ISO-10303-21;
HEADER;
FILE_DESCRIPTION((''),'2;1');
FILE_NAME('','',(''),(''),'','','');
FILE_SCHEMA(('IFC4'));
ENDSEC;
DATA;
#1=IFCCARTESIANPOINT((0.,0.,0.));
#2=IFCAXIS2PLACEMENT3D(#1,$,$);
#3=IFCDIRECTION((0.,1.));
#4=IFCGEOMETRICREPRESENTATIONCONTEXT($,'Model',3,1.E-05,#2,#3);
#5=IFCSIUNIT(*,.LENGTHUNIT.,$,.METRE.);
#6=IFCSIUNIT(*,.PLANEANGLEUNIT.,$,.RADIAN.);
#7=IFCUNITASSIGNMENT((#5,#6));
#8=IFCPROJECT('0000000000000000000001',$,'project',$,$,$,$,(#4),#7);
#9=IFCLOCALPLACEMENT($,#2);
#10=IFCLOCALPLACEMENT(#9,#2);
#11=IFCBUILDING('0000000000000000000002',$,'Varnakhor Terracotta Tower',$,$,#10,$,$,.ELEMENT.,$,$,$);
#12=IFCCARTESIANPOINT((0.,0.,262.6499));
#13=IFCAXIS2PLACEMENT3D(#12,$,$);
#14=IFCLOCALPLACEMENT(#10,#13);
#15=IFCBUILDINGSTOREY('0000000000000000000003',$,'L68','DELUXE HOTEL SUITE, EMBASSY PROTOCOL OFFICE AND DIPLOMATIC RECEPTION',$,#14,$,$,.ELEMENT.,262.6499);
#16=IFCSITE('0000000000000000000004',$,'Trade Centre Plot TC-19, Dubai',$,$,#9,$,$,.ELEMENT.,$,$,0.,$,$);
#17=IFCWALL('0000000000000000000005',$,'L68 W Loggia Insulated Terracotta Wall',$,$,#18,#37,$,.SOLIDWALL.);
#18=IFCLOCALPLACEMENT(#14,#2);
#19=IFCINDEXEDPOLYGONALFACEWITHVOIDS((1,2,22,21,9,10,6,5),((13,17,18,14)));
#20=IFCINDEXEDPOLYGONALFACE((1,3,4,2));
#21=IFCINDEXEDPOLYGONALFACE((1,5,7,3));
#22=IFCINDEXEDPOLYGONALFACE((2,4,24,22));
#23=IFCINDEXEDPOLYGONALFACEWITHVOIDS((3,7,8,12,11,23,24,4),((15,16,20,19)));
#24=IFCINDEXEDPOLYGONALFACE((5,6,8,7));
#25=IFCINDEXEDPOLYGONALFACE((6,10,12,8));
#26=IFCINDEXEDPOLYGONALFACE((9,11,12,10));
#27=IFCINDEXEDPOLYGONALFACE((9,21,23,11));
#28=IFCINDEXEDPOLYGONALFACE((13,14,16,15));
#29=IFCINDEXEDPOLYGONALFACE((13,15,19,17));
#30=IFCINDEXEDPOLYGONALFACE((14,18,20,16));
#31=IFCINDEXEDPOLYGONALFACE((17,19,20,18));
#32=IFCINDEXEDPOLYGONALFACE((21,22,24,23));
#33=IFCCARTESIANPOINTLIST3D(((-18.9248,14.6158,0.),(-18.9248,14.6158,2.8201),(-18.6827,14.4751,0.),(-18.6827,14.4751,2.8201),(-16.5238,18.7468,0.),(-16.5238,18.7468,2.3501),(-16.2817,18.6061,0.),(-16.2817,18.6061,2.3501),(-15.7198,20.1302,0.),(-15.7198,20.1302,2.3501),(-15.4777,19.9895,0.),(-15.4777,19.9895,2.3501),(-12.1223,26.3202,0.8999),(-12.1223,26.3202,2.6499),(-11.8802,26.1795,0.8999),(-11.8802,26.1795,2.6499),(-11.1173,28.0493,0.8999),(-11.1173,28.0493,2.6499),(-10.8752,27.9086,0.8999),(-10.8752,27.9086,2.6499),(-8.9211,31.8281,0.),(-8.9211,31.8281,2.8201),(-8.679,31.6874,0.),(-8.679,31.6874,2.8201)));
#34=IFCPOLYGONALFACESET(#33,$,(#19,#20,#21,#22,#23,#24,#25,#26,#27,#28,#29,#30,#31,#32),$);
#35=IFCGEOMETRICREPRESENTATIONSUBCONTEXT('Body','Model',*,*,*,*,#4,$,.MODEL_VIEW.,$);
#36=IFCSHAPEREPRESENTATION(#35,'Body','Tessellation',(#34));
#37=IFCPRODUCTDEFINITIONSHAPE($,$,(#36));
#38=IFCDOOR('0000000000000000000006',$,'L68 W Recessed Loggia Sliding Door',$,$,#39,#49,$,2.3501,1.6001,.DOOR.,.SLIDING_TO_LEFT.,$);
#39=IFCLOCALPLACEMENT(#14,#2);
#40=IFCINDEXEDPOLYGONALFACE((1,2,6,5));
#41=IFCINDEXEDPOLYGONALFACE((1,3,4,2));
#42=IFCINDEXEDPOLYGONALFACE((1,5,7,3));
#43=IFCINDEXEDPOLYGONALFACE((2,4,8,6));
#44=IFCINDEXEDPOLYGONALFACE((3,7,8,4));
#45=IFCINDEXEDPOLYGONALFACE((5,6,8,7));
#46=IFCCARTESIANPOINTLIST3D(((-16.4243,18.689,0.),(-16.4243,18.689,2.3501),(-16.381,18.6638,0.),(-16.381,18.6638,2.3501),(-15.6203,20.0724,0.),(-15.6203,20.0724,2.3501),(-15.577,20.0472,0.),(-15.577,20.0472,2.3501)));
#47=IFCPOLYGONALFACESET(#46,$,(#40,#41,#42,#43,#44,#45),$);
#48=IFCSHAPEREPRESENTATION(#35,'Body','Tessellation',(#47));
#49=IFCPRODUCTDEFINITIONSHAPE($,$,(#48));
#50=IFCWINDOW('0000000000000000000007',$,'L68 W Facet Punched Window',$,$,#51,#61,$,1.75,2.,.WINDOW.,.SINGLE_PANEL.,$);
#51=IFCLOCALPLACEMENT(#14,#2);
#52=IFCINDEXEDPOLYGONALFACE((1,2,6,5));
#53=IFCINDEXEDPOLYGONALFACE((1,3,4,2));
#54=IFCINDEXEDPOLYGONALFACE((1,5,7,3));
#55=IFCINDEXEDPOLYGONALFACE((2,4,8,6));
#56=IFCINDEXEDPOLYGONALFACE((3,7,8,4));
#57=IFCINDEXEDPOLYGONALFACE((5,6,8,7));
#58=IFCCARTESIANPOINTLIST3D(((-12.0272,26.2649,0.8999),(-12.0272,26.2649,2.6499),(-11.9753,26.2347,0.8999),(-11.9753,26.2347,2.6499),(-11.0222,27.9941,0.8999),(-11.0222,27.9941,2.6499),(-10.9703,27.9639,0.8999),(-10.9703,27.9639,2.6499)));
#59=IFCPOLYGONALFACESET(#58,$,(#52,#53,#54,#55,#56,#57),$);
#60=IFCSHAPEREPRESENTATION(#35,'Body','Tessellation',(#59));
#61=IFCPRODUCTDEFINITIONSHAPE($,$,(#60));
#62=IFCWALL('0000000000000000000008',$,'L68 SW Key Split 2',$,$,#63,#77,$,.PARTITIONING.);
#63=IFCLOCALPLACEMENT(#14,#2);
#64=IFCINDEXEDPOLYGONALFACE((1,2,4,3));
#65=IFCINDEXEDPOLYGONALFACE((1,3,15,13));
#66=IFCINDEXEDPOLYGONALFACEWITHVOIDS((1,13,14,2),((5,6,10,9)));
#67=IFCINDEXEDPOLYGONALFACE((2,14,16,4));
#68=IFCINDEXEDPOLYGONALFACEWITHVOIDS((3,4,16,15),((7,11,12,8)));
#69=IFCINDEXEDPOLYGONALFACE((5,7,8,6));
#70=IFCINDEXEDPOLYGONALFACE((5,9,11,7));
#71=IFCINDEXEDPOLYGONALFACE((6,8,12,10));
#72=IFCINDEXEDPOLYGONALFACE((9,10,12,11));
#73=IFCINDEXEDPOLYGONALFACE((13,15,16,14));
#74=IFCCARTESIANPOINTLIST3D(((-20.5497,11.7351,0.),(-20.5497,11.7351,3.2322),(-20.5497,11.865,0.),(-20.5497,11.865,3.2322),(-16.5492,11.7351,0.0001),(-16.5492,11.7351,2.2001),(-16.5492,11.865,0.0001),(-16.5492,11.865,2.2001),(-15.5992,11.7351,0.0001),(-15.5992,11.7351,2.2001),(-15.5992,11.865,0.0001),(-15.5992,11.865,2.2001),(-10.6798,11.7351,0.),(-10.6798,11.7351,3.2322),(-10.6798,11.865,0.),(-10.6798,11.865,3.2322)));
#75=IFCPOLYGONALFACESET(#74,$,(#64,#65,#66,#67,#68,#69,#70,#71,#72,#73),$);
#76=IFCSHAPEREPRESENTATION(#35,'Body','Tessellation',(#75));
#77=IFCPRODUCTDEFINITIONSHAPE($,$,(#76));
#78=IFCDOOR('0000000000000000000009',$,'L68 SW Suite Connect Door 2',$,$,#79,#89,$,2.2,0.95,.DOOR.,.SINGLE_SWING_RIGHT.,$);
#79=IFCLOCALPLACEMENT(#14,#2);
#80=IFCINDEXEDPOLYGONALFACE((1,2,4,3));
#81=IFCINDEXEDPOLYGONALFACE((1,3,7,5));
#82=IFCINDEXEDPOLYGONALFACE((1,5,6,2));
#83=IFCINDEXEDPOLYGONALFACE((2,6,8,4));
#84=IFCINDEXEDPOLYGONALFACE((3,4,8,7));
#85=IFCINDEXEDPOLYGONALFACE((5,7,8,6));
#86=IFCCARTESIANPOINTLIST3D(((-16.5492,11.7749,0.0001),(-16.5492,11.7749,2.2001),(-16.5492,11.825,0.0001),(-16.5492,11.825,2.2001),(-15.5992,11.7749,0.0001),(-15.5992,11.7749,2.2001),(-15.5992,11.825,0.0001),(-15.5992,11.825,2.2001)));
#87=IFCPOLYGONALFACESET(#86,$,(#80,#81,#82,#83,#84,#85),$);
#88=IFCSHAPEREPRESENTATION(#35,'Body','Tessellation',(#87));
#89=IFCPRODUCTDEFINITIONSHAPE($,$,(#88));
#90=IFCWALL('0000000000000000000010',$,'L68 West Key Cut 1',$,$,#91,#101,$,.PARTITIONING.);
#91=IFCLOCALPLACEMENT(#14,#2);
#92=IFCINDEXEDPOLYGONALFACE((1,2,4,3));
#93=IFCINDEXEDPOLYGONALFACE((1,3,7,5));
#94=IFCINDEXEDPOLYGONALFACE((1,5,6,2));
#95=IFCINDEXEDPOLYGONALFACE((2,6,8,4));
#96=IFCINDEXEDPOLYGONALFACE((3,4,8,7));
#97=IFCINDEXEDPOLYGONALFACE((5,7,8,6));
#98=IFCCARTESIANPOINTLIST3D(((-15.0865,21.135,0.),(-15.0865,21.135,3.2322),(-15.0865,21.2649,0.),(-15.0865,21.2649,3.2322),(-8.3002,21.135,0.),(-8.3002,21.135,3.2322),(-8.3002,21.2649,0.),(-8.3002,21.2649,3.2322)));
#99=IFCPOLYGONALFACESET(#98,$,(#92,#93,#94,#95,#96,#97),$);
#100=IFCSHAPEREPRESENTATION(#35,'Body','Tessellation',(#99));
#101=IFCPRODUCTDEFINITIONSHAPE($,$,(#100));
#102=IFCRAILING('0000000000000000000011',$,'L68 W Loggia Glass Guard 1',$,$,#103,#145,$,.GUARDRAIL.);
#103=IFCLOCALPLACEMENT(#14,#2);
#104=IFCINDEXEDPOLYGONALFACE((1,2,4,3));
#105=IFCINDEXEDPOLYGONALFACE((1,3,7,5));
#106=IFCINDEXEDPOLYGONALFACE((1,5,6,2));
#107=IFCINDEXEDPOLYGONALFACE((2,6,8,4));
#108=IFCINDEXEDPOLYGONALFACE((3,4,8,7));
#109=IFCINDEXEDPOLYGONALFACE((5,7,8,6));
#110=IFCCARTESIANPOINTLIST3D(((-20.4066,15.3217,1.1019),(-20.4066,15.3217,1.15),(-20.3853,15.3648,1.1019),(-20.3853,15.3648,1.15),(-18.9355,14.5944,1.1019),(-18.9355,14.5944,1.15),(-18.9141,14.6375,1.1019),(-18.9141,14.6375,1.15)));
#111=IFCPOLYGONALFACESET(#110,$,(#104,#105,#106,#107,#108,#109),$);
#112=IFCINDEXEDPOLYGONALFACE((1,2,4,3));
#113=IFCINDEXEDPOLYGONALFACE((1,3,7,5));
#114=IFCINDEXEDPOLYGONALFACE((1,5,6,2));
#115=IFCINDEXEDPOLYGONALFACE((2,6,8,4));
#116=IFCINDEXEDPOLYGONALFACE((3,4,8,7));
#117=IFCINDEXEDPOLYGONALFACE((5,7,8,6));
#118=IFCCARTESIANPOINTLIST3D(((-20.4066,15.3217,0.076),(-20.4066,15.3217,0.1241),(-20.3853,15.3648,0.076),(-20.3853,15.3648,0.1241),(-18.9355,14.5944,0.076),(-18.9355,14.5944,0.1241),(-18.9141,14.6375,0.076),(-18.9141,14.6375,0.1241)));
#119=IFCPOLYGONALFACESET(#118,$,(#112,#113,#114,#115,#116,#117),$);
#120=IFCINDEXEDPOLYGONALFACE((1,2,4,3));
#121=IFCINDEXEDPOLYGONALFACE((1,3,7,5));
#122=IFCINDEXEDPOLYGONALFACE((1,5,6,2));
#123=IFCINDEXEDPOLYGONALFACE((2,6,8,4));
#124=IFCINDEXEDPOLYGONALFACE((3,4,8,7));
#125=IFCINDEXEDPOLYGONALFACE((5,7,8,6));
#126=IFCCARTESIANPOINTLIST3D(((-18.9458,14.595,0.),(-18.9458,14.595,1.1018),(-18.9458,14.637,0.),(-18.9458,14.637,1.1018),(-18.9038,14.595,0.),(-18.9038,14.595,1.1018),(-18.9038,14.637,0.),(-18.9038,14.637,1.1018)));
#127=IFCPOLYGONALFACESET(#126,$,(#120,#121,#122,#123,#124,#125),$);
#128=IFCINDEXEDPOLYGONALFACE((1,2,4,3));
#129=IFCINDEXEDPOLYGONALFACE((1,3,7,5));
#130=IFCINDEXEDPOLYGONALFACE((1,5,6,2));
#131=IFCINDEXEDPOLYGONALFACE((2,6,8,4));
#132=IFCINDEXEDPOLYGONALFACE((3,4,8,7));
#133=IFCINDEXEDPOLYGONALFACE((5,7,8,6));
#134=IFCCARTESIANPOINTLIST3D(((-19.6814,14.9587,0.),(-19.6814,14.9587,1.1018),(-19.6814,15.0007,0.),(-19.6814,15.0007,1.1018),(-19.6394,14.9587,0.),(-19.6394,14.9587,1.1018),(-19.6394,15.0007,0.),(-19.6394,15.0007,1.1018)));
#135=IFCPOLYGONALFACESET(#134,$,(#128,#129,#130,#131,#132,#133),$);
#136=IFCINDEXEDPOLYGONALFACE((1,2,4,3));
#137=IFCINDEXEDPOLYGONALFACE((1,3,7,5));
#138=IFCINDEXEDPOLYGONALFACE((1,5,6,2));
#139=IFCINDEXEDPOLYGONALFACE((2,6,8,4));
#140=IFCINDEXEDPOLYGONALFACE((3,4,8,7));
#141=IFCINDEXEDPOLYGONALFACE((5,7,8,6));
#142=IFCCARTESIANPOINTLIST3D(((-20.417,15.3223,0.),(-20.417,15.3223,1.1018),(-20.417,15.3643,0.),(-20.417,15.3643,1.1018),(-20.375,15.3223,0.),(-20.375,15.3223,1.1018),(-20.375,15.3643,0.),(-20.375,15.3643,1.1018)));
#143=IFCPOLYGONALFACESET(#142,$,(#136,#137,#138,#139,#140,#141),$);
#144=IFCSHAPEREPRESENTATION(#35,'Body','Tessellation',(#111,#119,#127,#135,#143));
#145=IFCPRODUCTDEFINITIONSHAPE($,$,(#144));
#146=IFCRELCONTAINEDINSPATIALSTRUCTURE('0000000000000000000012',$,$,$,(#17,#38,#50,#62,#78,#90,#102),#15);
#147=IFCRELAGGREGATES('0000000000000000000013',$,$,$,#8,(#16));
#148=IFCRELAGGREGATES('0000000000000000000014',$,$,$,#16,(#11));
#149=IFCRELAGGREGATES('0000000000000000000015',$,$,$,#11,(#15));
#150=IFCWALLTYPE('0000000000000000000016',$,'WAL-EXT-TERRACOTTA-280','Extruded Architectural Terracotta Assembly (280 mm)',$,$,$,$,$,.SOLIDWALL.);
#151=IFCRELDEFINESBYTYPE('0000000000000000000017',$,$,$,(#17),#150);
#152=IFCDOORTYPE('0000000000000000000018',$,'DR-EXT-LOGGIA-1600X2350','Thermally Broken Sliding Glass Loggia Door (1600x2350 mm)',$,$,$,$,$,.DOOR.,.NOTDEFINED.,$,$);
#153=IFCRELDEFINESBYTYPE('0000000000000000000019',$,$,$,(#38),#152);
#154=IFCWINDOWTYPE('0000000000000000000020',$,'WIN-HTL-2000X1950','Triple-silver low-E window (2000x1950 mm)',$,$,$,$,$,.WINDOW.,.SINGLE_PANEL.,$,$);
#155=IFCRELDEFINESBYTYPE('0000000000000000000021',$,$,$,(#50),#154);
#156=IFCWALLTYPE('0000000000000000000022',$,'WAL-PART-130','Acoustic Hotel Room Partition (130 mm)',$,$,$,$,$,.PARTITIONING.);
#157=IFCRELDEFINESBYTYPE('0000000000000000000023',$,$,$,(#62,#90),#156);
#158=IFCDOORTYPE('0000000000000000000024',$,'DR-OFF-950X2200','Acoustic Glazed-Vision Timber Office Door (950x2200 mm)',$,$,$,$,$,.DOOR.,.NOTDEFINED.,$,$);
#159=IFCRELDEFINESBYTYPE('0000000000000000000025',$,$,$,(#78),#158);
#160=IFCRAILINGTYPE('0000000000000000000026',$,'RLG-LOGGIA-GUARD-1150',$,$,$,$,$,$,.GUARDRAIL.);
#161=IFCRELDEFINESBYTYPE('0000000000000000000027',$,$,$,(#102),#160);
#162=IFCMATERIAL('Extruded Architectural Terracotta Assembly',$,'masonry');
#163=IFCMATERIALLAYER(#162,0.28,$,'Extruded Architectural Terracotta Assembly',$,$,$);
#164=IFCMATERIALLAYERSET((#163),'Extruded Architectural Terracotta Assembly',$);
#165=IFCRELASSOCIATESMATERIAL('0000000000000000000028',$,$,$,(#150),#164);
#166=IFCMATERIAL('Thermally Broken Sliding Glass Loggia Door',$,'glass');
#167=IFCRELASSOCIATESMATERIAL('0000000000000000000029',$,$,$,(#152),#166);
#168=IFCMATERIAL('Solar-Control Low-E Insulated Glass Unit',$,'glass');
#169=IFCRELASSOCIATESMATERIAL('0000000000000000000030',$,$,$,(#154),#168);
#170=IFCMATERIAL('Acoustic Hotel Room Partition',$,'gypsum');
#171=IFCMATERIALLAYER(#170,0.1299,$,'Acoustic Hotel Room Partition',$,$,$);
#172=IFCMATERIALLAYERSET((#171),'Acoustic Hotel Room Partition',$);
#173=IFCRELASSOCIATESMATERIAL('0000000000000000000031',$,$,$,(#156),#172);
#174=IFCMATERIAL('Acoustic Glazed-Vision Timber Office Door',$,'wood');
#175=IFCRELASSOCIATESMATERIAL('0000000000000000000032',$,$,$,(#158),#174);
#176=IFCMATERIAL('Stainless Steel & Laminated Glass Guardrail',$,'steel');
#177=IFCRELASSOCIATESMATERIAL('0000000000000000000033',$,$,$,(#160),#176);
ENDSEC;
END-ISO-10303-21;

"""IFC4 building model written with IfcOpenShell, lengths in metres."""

from ifc_helpers import new_model, si_unit, direction, frame, frame_2d, origin, origin_2d, place, context, subcontext, project, spatial, rectangle, extrude, source, transform, mapped, material, layer, layer_set, type_object, type_shapes, element, fill, save


model = new_model("IFC4")

# Units and contexts
model_context = context("Model", 3, precision=1e-05, world=origin(), true_north=direction((0.0, 1.0)))
body_context = subcontext(model_context, "Body", "Model", "MODEL_VIEW")
ifc_project = project(units=[si_unit("LENGTHUNIT", "METRE"), si_unit("PLANEANGLEUNIT", "RADIAN")], contexts=[model_context])

# Site, building, storey
site_placement = place(None, origin())
site = spatial("IfcSite", under=ifc_project, at=site_placement, Name="Trade Centre Plot TC-19, Dubai", CompositionType="ELEMENT", RefElevation=0.0)
building_placement = place(site_placement, origin())
building = spatial("IfcBuilding", under=site, at=building_placement, Name="Varnakhor Terracotta Tower", CompositionType="ELEMENT")
storey_placement = place(building_placement, frame((0.0, 0.0, 262.6499)))
storey = spatial("IfcBuildingStorey", under=building, at=storey_placement, Name="L68", Description="DELUXE HOTEL SUITE, EMBASSY PROTOCOL OFFICE AND DIPLOMATIC RECEPTION", CompositionType="ELEMENT", Elevation=262.6499)

# Wall, openings, door, window
ifc_material_1 = material(Name="Extruded Architectural Terracotta Assembly", Category="masonry")
ifc_layer_1 = layer(ifc_material_1, 0.28, Name="Extruded Architectural Terracotta Assembly")
ifc_layer_set_1 = layer_set([ifc_layer_1], Name="Extruded Architectural Terracotta Assembly")
wall_type_1 = type_object("IfcWallType", Name="WAL-EXT-TERRACOTTA-280", Description="Extruded Architectural Terracotta Assembly (280 mm)", PredefinedType="SOLIDWALL", material=ifc_layer_set_1)
wall_1_placement = place(storey_placement, frame((-18.8037, 14.5454, 0.0), z_axis=(0.0, 0.0, 1.0), x_axis=(0.502487, 0.864585, 0.0)))
wall_1 = element("IfcWall", 1, at=wall_1_placement, inside=storey, type_object=wall_type_1, Name="L68 W Loggia Insulated Terracotta Wall", PredefinedType="SOLIDWALL", context=body_context, shape_type="SweptSolid", body=[
    extrude(rectangle(XDim=19.9082, YDim=0.28, at=frame_2d((9.9541, 0.0))), origin(), (0.0, 0.0, 1.0), 2.8201),
])
opening_1_placement = place(wall_1_placement, frame((4.7781, 0.0, 0.0)))
opening_1 = element("IfcOpeningElement", 2, at=opening_1_placement, cuts=wall_1, PredefinedType="OPENING", context=body_context, shape_type="SweptSolid", body=[
    extrude(rectangle(XDim=1.6001, YDim=2.3501, at=frame_2d((0.8, 1.175))), frame((0.0, 0.1499, 0.0), z_axis=(0.0, -1.0, 0.0), x_axis=(1.0, 0.0, 0.0)), (0.0, 0.0, 1.0), 0.3),
])
opening_2_placement = place(wall_1_placement, frame((13.5376, 0.0, 0.8999)))
opening_2 = element("IfcOpeningElement", 3, at=opening_2_placement, cuts=wall_1, PredefinedType="OPENING", context=body_context, shape_type="SweptSolid", body=[
    extrude(rectangle(XDim=2.0, YDim=1.75, at=frame_2d((1.0, 0.875))), frame((0.0, 0.1499, 0.0), z_axis=(0.0, -1.0, 0.0), x_axis=(1.0, 0.0, 0.0)), (0.0, 0.0, 1.0), 0.3),
])
ifc_material_2 = material(Name="Thermally Broken Sliding Glass Loggia Door", Category="glass")
door_type_1 = type_object("IfcDoorType", Name="DR-EXT-LOGGIA-1600X2350", Description="Thermally Broken Sliding Glass Loggia Door (1600x2350 mm)", OperationType="NOTDEFINED", PredefinedType="DOOR", material=ifc_material_2)
shared_shape_1 = source(origin(), body_context, "Body", "SweptSolid", [
    extrude(rectangle(XDim=1.6001, YDim=2.3501, at=frame_2d((0.8, 1.175))), frame((0.0, 0.0249, 0.0), z_axis=(0.0, -1.0, 0.0), x_axis=(1.0, 0.0, 0.0)), (0.0, 0.0, 1.0), 0.05),
])
type_shapes(door_type_1, [shared_shape_1])
door_1_placement = place(opening_1_placement, origin())
door_1 = element("IfcDoor", 4, at=door_1_placement, inside=storey, type_object=door_type_1, Name="L68 W Recessed Loggia Sliding Door", OperationType="SLIDING_TO_LEFT", OverallHeight=2.3501, OverallWidth=1.6001, PredefinedType="DOOR", context=body_context, shape_type="MappedRepresentation", body=[
    mapped(shared_shape_1, transform((0.0, 0.0, 0.0), scale=1.0)),
])
fill(opening_1, door_1)
ifc_material_3 = material(Name="Solar-Control Low-E Insulated Glass Unit", Category="glass")
window_type = type_object("IfcWindowType", Name="WIN-HTL-2000X1950", Description="Triple-silver low-E window (2000x1950 mm)", PartitioningType="SINGLE_PANEL", PredefinedType="WINDOW", material=ifc_material_3)
shared_shape_2 = source(origin(), body_context, "Body", "SweptSolid", [
    extrude(rectangle(XDim=2.0, YDim=1.75, at=frame_2d((1.0, 0.875))), frame((0.0, 0.03, 0.0), z_axis=(0.0, -1.0, 0.0), x_axis=(1.0, 0.0, 0.0)), (0.0, 0.0, 1.0), 0.0601),
])
type_shapes(window_type, [shared_shape_2])
window_placement = place(opening_2_placement, origin())
window = element("IfcWindow", 5, at=window_placement, inside=storey, type_object=window_type, Name="L68 W Facet Punched Window", OverallHeight=1.75, OverallWidth=2.0, PartitioningType="SINGLE_PANEL", PredefinedType="WINDOW", context=body_context, shape_type="MappedRepresentation", body=[
    mapped(shared_shape_2, transform((0.0, 0.0, 0.0), scale=1.0)),
])
fill(opening_2, window)

# Wall, opening, door
ifc_material_4 = material(Name="Acoustic Hotel Room Partition", Category="gypsum")
ifc_layer_2 = layer(ifc_material_4, 0.1299, Name="Acoustic Hotel Room Partition")
ifc_layer_set_2 = layer_set([ifc_layer_2], Name="Acoustic Hotel Room Partition")
wall_type_2 = type_object("IfcWallType", Name="WAL-PART-130", Description="Acoustic Hotel Room Partition (130 mm)", PredefinedType="PARTITIONING", material=ifc_layer_set_2)
wall_2_placement = place(storey_placement, frame((-20.5498, 11.8, 0.0), z_axis=(0.0, 0.0, 1.0), x_axis=(1.0, 0.0, 0.0)))
wall_2 = element("IfcWall", 6, at=wall_2_placement, inside=storey, type_object=wall_type_2, Name="L68 SW Key Split 2", PredefinedType="PARTITIONING", context=body_context, shape_type="SweptSolid", body=[
    extrude(rectangle(XDim=9.8699, YDim=0.1299, at=frame_2d((4.9351, 0.0))), origin(), (0.0, 0.0, 1.0), 3.2322),
])
opening_3_placement = place(wall_2_placement, frame((4.0005, 0.0, 0.0)))
opening_3 = element("IfcOpeningElement", 7, at=opening_3_placement, cuts=wall_2, PredefinedType="OPENING", context=body_context, shape_type="SweptSolid", body=[
    extrude(rectangle(XDim=0.95, YDim=2.2, at=frame_2d((0.4751, 1.1001))), frame((0.0, 0.075, 0.0), z_axis=(0.0, -1.0, 0.0), x_axis=(1.0, 0.0, 0.0)), (0.0, 0.0, 1.0), 0.1499),
])
ifc_material_5 = material(Name="Acoustic Glazed-Vision Timber Office Door", Category="wood")
door_type_2 = type_object("IfcDoorType", Name="DR-OFF-950X2200", Description="Acoustic Glazed-Vision Timber Office Door (950x2200 mm)", OperationType="NOTDEFINED", PredefinedType="DOOR", material=ifc_material_5)
shared_shape_3 = source(origin(), body_context, "Body", "SweptSolid", [
    extrude(rectangle(XDim=0.95, YDim=2.2, at=frame_2d((0.4751, 1.1001))), frame((0.0, 0.0249, 0.0), z_axis=(0.0, -1.0, 0.0), x_axis=(1.0, 0.0, 0.0)), (0.0, 0.0, 1.0), 0.05),
])
type_shapes(door_type_2, [shared_shape_3])
door_2_placement = place(opening_3_placement, origin())
door_2 = element("IfcDoor", 8, at=door_2_placement, inside=storey, type_object=door_type_2, Name="L68 SW Suite Connect Door 2", OperationType="SINGLE_SWING_RIGHT", OverallHeight=2.2, OverallWidth=0.95, PredefinedType="DOOR", context=body_context, shape_type="MappedRepresentation", body=[
    mapped(shared_shape_3, transform((0.0, 0.0, 0.0), scale=1.0)),
])
fill(opening_3, door_2)

# Wall
wall_3_placement = place(storey_placement, frame((-15.0864, 21.2, 0.0), z_axis=(0.0, 0.0, 1.0), x_axis=(1.0, 0.0, 0.0)))
element("IfcWall", 9, at=wall_3_placement, inside=storey, type_object=wall_type_2, Name="L68 West Key Cut 1", PredefinedType="PARTITIONING", context=body_context, shape_type="SweptSolid", body=[
    extrude(rectangle(XDim=6.7864, YDim=0.1299, at=frame_2d((3.3931, 0.0))), origin(), (0.0, 0.0, 1.0), 3.2322),
])

# Railing
ifc_material_6 = material(Name="Stainless Steel & Laminated Glass Guardrail", Category="steel")
railing_type = type_object("IfcRailingType", Name="RLG-LOGGIA-GUARD-1150", PredefinedType="GUARDRAIL", material=ifc_material_6)
railing_1_placement = place(storey_placement, frame((-18.9248, 14.616, 0.0)))
element("IfcRailing", 10, at=railing_1_placement, inside=storey, type_object=railing_type, Name="L68 W Loggia Glass Guard 1", PredefinedType="GUARDRAIL", context=body_context, shape_type="SweptSolid", body=[
    extrude(rectangle(XDim=0.0481, YDim=0.0481, at=origin_2d()), frame((0.0, 0.0, 1.126), z_axis=(-0.896441, 0.443163, 0.0), x_axis=(-0.443163, -0.896441, 0.0)), (0.0, 0.0, 1.0), 1.6411),
    extrude(rectangle(XDim=0.0481, YDim=0.0481, at=origin_2d()), frame((0.0, 0.0, 0.1001), z_axis=(-0.896441, 0.443163, 0.0), x_axis=(-0.443163, -0.896441, 0.0)), (0.0, 0.0, 1.0), 1.6411),
    extrude(rectangle(XDim=0.042, YDim=0.042, at=origin_2d()), origin(), (0.0, 0.0, 1.0), 1.1018),
    extrude(rectangle(XDim=0.042, YDim=0.042, at=origin_2d()), frame((-0.7356, 0.3638, 0.0)), (0.0, 0.0, 1.0), 1.1018),
    extrude(rectangle(XDim=0.042, YDim=0.042, at=origin_2d()), frame((-1.4712, 0.7273, 0.0)), (0.0, 0.0, 1.0), 1.1018),
])

save(model, "model.ifc")
